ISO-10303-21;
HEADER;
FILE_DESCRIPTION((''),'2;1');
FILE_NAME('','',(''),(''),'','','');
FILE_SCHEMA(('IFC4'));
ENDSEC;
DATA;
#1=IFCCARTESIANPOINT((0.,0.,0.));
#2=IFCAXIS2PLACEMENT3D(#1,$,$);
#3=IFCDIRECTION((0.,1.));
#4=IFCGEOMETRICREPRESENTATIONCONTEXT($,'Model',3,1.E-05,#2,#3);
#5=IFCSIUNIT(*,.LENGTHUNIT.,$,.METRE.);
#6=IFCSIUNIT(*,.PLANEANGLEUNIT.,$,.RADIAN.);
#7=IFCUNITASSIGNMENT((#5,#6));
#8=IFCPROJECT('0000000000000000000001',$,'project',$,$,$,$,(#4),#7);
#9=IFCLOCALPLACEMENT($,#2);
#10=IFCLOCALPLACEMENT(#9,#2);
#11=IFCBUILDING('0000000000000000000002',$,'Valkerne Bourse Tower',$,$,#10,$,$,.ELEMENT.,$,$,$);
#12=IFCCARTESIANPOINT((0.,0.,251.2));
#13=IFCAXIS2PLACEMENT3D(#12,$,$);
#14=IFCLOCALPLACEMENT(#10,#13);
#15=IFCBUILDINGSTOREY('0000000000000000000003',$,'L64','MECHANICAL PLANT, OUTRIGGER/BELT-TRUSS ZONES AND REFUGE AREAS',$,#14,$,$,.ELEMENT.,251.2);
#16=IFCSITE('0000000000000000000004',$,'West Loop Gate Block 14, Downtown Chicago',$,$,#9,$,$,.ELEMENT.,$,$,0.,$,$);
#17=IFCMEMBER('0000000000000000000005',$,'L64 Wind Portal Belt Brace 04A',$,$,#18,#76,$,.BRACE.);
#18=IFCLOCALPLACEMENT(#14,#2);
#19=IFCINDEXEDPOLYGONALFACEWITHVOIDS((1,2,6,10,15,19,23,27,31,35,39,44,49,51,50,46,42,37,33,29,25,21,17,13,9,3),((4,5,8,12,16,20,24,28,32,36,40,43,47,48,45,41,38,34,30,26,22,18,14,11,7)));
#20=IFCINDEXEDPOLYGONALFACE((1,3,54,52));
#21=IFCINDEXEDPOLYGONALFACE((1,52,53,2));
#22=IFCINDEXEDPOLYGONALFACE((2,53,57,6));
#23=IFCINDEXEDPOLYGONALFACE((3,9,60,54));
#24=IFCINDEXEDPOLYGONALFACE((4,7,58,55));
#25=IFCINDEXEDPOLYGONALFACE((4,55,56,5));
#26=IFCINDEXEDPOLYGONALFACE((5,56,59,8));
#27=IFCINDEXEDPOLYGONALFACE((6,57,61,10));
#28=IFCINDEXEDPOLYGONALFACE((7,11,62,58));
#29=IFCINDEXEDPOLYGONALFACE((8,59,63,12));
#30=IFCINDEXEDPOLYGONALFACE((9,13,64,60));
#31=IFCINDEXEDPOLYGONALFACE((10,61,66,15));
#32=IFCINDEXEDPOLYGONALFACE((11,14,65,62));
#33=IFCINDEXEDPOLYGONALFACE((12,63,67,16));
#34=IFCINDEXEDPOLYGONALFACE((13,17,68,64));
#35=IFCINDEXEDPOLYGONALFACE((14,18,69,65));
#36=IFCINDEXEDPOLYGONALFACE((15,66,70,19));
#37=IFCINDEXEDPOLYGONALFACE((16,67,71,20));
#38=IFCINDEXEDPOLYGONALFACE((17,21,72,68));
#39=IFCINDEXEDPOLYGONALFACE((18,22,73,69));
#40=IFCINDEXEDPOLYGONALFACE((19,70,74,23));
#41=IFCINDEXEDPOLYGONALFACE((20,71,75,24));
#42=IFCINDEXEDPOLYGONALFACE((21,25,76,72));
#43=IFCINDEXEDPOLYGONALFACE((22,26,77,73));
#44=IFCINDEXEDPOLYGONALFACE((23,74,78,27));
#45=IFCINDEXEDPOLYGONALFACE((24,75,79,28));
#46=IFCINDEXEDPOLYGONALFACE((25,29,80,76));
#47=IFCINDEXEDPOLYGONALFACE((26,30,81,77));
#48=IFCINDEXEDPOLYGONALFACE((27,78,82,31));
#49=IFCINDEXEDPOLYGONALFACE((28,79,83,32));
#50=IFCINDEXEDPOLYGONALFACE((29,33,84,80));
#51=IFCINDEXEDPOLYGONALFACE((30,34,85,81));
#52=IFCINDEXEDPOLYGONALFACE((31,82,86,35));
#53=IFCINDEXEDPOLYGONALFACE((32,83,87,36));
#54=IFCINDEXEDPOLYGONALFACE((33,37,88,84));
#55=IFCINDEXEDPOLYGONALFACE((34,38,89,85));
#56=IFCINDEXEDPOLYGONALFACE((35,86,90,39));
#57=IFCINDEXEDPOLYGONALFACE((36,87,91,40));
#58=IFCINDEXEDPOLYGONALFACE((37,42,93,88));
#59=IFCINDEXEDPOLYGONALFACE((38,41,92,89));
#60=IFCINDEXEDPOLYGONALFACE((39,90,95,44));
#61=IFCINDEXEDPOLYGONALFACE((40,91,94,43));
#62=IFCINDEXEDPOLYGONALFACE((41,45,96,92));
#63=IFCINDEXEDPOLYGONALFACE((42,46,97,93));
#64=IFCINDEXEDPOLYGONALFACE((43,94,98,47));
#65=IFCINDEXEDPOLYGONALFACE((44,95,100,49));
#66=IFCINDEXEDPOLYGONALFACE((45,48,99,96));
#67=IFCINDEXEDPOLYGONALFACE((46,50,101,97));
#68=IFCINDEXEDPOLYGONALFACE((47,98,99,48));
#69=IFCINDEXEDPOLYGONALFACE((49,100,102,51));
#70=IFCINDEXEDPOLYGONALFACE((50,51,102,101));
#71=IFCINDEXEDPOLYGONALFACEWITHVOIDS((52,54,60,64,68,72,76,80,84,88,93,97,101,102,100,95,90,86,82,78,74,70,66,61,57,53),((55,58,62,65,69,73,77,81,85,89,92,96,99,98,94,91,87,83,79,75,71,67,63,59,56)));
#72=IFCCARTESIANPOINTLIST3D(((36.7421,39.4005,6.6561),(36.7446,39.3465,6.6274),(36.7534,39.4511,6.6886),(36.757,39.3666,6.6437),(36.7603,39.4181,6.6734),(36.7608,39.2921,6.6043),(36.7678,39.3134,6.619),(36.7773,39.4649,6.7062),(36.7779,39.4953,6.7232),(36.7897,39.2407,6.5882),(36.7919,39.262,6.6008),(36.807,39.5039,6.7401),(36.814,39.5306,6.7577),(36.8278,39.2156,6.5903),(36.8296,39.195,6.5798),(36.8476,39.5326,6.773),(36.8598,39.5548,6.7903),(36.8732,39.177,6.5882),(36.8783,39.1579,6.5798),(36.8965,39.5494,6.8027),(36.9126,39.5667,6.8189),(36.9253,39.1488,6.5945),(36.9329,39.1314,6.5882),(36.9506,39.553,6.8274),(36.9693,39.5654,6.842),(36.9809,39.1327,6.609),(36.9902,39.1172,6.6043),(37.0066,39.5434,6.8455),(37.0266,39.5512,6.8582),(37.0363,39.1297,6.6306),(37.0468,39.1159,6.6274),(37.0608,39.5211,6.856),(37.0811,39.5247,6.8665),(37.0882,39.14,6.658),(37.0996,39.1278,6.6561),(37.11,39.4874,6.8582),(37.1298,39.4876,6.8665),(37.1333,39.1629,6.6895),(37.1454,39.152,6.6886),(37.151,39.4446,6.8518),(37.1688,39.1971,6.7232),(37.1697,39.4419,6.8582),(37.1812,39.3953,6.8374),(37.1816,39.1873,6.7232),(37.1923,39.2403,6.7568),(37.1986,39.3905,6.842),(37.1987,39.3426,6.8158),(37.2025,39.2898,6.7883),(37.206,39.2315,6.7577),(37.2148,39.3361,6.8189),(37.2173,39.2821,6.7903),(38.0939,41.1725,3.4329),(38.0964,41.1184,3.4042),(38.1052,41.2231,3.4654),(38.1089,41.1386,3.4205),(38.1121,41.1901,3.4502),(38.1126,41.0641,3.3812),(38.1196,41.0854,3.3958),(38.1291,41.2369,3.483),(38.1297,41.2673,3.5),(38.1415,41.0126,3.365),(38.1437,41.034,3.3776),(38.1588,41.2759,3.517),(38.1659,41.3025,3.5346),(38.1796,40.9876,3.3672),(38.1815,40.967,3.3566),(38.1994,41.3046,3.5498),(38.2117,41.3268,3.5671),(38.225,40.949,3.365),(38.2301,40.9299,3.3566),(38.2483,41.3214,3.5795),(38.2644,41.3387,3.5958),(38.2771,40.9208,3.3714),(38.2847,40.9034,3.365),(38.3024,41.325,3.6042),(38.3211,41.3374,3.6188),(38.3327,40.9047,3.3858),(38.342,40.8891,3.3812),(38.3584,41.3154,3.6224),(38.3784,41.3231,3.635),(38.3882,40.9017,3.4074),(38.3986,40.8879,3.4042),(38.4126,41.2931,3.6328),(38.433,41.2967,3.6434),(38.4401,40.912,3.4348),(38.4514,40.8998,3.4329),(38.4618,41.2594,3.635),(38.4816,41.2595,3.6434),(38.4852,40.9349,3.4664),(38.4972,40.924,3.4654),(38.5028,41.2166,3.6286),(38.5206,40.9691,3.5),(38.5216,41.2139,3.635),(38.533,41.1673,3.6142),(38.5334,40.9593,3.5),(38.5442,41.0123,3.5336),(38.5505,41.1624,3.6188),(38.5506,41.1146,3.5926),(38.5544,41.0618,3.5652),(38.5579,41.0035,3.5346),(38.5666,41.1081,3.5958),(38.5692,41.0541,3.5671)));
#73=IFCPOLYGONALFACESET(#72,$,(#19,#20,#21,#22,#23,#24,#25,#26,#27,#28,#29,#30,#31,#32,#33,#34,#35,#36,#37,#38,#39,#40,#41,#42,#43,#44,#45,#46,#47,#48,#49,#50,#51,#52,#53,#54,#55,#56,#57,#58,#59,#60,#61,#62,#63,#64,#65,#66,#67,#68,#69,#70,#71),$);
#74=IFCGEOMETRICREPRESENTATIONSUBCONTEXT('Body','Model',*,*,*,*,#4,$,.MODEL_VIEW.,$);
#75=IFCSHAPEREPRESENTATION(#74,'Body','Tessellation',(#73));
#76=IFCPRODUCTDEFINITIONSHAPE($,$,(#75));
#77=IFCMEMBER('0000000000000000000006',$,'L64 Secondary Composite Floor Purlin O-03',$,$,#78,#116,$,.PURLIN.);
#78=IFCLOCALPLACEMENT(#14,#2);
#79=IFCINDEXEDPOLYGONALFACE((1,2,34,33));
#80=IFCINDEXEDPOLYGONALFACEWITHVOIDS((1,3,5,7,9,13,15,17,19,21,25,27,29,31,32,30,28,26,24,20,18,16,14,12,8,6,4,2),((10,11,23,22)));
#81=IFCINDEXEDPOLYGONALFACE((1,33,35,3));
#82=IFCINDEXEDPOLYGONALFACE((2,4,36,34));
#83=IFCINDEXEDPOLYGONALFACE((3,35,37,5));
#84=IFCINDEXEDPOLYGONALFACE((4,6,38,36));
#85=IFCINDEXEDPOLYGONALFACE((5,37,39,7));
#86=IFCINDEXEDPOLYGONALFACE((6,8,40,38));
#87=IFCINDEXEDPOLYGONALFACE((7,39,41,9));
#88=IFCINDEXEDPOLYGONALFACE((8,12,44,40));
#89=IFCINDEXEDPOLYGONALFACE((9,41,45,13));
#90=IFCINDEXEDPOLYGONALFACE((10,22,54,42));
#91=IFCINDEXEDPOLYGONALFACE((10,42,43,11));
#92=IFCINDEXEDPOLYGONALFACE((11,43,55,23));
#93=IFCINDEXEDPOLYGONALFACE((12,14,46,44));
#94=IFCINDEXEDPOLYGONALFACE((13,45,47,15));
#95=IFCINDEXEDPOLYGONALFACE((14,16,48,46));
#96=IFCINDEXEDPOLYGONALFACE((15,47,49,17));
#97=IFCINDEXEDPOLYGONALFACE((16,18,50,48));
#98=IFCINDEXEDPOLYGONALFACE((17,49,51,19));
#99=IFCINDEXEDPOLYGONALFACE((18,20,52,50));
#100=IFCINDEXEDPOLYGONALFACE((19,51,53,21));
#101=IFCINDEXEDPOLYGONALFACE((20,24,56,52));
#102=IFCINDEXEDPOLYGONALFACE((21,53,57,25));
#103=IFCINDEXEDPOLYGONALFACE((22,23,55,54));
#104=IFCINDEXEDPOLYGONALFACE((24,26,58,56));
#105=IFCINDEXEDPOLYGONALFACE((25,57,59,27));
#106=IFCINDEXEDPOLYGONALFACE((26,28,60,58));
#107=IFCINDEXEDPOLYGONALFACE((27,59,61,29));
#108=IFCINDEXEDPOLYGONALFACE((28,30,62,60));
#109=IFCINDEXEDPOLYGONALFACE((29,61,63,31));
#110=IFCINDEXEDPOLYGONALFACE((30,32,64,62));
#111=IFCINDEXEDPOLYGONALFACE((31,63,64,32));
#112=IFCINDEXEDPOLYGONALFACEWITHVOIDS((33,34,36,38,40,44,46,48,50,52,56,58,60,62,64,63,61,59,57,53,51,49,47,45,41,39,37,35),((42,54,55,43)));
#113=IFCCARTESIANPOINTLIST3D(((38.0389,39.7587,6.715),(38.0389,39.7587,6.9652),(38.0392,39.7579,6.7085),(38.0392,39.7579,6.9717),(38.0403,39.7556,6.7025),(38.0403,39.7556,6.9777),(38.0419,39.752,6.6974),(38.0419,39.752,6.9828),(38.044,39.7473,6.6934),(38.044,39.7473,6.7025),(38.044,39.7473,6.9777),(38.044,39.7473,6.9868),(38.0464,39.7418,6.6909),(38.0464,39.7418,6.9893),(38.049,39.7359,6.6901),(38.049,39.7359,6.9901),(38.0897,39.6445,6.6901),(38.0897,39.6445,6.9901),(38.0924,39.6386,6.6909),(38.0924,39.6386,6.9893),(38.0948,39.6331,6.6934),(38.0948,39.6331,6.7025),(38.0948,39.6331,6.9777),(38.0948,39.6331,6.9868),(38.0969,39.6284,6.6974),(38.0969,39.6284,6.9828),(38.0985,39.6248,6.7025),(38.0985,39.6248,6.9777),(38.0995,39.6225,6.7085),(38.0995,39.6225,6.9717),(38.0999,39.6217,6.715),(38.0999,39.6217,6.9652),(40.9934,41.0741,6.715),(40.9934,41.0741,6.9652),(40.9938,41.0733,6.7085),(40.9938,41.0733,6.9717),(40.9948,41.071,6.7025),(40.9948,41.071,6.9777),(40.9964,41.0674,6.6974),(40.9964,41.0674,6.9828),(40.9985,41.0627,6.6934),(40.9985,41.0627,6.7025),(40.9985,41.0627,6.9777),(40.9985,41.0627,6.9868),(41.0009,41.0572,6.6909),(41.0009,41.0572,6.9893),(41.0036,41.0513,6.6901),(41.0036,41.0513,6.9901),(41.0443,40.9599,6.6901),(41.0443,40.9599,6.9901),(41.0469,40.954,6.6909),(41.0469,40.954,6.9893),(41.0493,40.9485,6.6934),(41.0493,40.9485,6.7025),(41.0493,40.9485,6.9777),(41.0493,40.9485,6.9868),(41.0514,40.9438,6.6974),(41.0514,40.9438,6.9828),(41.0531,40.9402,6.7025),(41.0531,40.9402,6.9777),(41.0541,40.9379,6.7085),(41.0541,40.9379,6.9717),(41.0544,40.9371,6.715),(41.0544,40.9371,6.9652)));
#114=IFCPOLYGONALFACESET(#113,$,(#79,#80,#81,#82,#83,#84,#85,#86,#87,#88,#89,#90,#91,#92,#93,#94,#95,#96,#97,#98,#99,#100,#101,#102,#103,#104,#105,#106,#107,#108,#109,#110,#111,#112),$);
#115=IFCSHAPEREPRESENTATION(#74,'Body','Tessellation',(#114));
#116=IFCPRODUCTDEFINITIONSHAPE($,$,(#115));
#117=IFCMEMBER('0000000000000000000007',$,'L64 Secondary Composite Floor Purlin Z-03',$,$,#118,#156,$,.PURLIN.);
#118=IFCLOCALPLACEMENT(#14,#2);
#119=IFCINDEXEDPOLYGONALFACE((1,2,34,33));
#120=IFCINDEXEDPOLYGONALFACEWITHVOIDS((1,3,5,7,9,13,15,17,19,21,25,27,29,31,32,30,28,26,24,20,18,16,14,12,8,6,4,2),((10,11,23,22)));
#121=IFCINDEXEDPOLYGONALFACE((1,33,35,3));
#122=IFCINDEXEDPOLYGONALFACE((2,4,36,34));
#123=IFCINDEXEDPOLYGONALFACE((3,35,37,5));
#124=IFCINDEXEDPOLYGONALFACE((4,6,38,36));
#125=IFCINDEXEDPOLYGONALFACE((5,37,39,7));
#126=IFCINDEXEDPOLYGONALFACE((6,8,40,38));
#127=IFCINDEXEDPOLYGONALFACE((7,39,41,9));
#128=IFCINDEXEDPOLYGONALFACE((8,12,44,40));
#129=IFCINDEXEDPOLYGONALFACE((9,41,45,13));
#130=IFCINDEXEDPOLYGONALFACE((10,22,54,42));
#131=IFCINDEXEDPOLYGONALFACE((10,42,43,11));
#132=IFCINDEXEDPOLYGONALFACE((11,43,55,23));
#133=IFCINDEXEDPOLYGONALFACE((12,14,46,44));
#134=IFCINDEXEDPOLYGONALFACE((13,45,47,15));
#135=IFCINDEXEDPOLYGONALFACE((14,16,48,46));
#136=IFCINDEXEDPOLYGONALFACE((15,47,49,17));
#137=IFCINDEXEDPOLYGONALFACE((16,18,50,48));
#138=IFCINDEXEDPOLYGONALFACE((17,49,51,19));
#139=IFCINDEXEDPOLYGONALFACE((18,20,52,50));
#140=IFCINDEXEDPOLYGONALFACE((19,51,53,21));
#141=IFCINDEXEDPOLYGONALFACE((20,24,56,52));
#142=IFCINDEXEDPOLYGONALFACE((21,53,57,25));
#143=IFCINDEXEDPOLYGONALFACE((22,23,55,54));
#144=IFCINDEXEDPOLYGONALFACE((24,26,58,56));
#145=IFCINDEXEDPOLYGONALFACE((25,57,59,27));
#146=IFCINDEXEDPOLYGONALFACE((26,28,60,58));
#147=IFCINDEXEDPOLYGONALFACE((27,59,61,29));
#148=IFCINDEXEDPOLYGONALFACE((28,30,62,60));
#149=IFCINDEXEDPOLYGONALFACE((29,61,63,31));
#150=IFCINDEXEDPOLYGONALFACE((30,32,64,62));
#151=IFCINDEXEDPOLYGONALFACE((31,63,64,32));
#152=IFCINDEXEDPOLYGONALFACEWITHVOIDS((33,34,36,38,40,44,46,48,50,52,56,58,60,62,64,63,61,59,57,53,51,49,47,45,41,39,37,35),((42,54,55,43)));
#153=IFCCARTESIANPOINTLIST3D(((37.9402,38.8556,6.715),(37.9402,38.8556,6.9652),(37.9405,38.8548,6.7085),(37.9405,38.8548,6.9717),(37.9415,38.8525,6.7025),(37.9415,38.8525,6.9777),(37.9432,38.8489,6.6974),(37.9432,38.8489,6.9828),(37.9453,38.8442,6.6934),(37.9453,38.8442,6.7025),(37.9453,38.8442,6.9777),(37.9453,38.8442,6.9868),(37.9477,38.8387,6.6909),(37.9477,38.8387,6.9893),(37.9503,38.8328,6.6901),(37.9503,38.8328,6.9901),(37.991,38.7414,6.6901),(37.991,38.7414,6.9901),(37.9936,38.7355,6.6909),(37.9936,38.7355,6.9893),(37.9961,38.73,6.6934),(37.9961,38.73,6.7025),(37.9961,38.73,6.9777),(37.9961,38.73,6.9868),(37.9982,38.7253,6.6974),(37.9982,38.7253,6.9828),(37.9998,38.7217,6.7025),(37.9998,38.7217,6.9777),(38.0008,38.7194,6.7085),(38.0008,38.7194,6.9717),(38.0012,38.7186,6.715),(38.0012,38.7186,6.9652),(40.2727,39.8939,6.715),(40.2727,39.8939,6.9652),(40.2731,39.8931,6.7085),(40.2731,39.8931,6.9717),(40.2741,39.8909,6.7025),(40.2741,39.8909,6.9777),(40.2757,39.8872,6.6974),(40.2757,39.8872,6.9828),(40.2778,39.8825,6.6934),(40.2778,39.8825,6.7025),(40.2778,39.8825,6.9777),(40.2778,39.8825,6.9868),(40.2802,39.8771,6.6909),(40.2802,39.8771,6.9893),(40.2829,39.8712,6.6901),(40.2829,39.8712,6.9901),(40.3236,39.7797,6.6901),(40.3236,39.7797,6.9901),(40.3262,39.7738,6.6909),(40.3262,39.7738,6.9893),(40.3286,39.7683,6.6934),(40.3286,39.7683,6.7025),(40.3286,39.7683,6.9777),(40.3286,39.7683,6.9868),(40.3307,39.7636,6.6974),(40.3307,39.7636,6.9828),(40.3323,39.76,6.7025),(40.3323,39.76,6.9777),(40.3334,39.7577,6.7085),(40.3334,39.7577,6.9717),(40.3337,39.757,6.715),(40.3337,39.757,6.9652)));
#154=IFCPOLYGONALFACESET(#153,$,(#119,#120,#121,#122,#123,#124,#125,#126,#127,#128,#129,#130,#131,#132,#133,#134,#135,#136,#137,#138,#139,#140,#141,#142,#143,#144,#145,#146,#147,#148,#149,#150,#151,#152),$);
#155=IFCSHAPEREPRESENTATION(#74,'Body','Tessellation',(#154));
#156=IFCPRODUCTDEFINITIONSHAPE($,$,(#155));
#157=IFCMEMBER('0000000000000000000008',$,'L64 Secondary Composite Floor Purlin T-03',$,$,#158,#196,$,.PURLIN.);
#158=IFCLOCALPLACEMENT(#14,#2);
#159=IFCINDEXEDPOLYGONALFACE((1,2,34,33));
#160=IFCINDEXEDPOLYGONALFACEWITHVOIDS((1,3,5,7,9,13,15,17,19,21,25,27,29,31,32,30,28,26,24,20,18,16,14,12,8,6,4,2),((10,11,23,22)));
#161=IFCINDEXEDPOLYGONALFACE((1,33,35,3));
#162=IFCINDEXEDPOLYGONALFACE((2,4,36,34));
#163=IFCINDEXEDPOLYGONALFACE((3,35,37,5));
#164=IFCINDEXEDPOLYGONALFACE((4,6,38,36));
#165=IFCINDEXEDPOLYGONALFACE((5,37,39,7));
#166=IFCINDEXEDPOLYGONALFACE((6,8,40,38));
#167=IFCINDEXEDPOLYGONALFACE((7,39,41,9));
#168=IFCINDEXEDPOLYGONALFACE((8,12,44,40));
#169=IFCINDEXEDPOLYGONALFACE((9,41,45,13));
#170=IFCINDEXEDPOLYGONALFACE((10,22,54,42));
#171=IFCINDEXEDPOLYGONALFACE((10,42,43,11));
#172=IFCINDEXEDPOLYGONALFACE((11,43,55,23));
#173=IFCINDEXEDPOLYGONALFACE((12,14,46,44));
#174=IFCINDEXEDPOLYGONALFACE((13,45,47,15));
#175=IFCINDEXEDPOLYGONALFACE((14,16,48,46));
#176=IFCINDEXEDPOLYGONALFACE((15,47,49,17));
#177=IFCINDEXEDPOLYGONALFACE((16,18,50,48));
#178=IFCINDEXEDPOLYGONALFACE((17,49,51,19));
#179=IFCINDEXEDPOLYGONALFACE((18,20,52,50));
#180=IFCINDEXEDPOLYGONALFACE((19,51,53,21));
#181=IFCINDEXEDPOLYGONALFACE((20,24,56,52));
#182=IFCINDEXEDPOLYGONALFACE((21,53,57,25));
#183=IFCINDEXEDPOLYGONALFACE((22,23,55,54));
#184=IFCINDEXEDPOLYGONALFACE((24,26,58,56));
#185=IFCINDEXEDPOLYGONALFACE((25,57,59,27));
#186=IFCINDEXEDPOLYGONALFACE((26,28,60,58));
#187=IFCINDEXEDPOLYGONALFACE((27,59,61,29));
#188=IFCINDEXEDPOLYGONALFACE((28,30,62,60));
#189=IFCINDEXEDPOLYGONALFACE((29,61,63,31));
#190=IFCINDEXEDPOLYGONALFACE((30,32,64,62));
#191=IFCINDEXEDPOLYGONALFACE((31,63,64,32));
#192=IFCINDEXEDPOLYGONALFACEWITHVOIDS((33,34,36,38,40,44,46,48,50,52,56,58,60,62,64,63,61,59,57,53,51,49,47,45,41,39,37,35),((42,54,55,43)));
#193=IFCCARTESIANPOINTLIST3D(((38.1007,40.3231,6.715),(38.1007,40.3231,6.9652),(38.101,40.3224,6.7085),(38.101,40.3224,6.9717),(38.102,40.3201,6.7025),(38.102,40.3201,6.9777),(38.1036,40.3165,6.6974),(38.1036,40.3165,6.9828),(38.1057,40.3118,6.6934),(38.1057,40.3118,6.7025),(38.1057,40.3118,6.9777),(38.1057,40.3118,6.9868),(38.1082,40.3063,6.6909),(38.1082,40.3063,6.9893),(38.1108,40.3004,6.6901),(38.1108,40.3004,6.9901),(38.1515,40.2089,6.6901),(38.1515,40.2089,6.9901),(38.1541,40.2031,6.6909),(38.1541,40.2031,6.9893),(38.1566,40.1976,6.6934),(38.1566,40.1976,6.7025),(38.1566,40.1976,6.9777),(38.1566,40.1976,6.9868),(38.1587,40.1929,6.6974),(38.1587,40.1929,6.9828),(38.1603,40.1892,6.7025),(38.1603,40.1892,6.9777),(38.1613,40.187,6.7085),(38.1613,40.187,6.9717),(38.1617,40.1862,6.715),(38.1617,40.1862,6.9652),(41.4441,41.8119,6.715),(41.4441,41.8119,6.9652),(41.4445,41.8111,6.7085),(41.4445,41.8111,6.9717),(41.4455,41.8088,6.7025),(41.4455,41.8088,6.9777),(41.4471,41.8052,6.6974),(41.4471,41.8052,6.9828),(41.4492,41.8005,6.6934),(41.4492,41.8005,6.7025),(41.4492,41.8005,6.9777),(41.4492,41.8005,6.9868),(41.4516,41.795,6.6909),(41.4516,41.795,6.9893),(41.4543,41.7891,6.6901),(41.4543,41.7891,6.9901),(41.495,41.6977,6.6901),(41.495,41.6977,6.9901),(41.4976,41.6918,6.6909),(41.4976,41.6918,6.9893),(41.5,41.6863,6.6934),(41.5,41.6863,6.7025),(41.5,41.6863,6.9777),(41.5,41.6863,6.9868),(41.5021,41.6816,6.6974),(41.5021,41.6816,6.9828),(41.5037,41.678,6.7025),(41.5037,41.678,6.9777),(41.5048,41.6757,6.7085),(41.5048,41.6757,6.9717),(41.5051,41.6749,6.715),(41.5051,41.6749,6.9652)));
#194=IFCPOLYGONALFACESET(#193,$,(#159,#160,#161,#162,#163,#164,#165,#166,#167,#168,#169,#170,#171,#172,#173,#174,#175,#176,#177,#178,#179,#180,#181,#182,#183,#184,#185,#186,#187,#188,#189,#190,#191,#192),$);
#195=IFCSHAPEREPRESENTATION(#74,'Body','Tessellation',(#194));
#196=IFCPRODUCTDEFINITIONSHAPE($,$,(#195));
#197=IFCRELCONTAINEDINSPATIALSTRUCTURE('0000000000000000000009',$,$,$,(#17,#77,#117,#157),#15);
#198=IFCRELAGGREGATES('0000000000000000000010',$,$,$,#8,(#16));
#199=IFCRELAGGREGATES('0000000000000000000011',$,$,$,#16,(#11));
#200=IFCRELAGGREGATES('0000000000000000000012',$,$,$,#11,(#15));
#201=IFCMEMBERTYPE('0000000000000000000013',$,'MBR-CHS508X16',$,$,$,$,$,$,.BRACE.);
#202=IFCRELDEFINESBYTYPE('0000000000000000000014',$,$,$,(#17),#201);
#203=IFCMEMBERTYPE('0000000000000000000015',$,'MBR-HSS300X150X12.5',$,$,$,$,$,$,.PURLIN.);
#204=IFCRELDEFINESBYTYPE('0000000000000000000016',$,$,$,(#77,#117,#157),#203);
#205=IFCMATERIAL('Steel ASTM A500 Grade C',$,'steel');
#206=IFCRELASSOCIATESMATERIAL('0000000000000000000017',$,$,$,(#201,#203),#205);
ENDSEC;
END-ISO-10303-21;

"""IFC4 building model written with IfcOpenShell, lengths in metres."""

from ifc_helpers import new_model, si_unit, direction, frame, origin, origin_2d, place, context, subcontext, project, spatial, hollow_rectangle, hollow_circle, extrude, material, material_profile, profile_set, type_object, element, save


model = new_model("IFC4")

# Units and contexts
model_context = context("Model", 3, precision=1e-05, world=origin(), true_north=direction((0.0, 1.0)))
body_context = subcontext(model_context, "Body", "Model", "MODEL_VIEW")
ifc_project = project(units=[si_unit("LENGTHUNIT", "METRE"), si_unit("PLANEANGLEUNIT", "RADIAN")], contexts=[model_context])

# Site, building, storey
site_placement = place(None, origin())
site = spatial("IfcSite", under=ifc_project, at=site_placement, Name="West Loop Gate Block 14, Downtown Chicago", CompositionType="ELEMENT", RefElevation=0.0)
building_placement = place(site_placement, origin())
building = spatial("IfcBuilding", under=site, at=building_placement, Name="Valkerne Bourse Tower", CompositionType="ELEMENT")
storey_placement = place(building_placement, frame((0.0, 0.0, 251.2)))
storey = spatial("IfcBuildingStorey", under=building, at=storey_placement, Name="L64", Description="MECHANICAL PLANT, OUTRIGGER/BELT-TRUSS ZONES AND REFUGE AREAS", CompositionType="ELEMENT", Elevation=251.2)

# Members
ifc_material_1 = material(Name="Steel ASTM A500 Grade C", Category="steel")
ifc_material_profile_1 = material_profile(ifc_material_1, hollow_circle(Radius=0.2539, WallThickness=0.0161, at=origin_2d()), Name="CHS508X16")
ifc_profile_set_1 = profile_set([ifc_material_profile_1], Name="Steel ASTM A500 Grade C")
member_type_1 = type_object("IfcMemberType", Name="MBR-CHS508X16", PredefinedType="BRACE", material=ifc_profile_set_1)
member_1_placement = place(storey_placement, frame((38.3315, 41.1133, 3.5), z_axis=(-0.344966, -0.452188, 0.822511), x_axis=(0.795057, -0.606535, 0.0)))
element("IfcMember", 1, at=member_1_placement, inside=storey, type_object=member_type_1, Name="L64 Wind Portal Belt Brace 04A", PredefinedType="BRACE", context=body_context, shape_type="SweptSolid", body=[
    extrude(hollow_circle(Radius=0.2539, WallThickness=0.0161, at=origin_2d()), origin(), (0.0, 0.0, 1.0), 3.9187),
])
ifc_material_profile_2 = material_profile(ifc_material_1, hollow_rectangle(XDim=0.1499, YDim=0.3, WallThickness=0.0125, OuterFilletRadius=0.0249, at=origin_2d()), Name="HSS300X150X12.5")
ifc_profile_set_2 = profile_set([ifc_material_profile_2], Name="Steel ASTM A500 Grade C")
member_type_2 = type_object("IfcMemberType", Name="MBR-HSS300X150X12.5", PredefinedType="PURLIN", material=ifc_profile_set_2)
member_2_placement = place(storey_placement, frame((41.0239, 41.0056, 6.8401), z_axis=(-0.91355, -0.406727, 0.0), x_axis=(0.406727, -0.91355, 0.0)))
element("IfcMember", 2, at=member_2_placement, inside=storey, type_object=member_type_2, Name="L64 Secondary Composite Floor Purlin O-03", PredefinedType="PURLIN", context=body_context, shape_type="SweptSolid", body=[
    extrude(hollow_rectangle(XDim=0.1499, YDim=0.3, WallThickness=0.0125, OuterFilletRadius=0.0249, at=origin_2d()), origin(), (0.0, 0.0, 1.0), 3.2341),
])
member_3_placement = place(storey_placement, frame((40.3032, 39.8254, 6.8401), z_axis=(-0.913571, -0.40668, 0.0), x_axis=(0.40668, -0.913571, 0.0)))
element("IfcMember", 3, at=member_3_placement, inside=storey, type_object=member_type_2, Name="L64 Secondary Composite Floor Purlin Z-03", PredefinedType="PURLIN", context=body_context, shape_type="SweptSolid", body=[
    extrude(hollow_rectangle(XDim=0.1499, YDim=0.3, WallThickness=0.0125, OuterFilletRadius=0.0249, at=origin_2d()), origin(), (0.0, 0.0, 1.0), 2.5532),
])
member_4_placement = place(storey_placement, frame((41.4746, 41.7434, 6.8401), z_axis=(-0.913531, -0.40677, 0.0), x_axis=(0.40677, -0.913531, 0.0)))
element("IfcMember", 4, at=member_4_placement, inside=storey, type_object=member_type_2, Name="L64 Secondary Composite Floor Purlin T-03", PredefinedType="PURLIN", context=body_context, shape_type="SweptSolid", body=[
    extrude(hollow_rectangle(XDim=0.1499, YDim=0.3, WallThickness=0.0125, OuterFilletRadius=0.0249, at=origin_2d()), origin(), (0.0, 0.0, 1.0), 3.6599),
])

save(model, "model.ifc")
